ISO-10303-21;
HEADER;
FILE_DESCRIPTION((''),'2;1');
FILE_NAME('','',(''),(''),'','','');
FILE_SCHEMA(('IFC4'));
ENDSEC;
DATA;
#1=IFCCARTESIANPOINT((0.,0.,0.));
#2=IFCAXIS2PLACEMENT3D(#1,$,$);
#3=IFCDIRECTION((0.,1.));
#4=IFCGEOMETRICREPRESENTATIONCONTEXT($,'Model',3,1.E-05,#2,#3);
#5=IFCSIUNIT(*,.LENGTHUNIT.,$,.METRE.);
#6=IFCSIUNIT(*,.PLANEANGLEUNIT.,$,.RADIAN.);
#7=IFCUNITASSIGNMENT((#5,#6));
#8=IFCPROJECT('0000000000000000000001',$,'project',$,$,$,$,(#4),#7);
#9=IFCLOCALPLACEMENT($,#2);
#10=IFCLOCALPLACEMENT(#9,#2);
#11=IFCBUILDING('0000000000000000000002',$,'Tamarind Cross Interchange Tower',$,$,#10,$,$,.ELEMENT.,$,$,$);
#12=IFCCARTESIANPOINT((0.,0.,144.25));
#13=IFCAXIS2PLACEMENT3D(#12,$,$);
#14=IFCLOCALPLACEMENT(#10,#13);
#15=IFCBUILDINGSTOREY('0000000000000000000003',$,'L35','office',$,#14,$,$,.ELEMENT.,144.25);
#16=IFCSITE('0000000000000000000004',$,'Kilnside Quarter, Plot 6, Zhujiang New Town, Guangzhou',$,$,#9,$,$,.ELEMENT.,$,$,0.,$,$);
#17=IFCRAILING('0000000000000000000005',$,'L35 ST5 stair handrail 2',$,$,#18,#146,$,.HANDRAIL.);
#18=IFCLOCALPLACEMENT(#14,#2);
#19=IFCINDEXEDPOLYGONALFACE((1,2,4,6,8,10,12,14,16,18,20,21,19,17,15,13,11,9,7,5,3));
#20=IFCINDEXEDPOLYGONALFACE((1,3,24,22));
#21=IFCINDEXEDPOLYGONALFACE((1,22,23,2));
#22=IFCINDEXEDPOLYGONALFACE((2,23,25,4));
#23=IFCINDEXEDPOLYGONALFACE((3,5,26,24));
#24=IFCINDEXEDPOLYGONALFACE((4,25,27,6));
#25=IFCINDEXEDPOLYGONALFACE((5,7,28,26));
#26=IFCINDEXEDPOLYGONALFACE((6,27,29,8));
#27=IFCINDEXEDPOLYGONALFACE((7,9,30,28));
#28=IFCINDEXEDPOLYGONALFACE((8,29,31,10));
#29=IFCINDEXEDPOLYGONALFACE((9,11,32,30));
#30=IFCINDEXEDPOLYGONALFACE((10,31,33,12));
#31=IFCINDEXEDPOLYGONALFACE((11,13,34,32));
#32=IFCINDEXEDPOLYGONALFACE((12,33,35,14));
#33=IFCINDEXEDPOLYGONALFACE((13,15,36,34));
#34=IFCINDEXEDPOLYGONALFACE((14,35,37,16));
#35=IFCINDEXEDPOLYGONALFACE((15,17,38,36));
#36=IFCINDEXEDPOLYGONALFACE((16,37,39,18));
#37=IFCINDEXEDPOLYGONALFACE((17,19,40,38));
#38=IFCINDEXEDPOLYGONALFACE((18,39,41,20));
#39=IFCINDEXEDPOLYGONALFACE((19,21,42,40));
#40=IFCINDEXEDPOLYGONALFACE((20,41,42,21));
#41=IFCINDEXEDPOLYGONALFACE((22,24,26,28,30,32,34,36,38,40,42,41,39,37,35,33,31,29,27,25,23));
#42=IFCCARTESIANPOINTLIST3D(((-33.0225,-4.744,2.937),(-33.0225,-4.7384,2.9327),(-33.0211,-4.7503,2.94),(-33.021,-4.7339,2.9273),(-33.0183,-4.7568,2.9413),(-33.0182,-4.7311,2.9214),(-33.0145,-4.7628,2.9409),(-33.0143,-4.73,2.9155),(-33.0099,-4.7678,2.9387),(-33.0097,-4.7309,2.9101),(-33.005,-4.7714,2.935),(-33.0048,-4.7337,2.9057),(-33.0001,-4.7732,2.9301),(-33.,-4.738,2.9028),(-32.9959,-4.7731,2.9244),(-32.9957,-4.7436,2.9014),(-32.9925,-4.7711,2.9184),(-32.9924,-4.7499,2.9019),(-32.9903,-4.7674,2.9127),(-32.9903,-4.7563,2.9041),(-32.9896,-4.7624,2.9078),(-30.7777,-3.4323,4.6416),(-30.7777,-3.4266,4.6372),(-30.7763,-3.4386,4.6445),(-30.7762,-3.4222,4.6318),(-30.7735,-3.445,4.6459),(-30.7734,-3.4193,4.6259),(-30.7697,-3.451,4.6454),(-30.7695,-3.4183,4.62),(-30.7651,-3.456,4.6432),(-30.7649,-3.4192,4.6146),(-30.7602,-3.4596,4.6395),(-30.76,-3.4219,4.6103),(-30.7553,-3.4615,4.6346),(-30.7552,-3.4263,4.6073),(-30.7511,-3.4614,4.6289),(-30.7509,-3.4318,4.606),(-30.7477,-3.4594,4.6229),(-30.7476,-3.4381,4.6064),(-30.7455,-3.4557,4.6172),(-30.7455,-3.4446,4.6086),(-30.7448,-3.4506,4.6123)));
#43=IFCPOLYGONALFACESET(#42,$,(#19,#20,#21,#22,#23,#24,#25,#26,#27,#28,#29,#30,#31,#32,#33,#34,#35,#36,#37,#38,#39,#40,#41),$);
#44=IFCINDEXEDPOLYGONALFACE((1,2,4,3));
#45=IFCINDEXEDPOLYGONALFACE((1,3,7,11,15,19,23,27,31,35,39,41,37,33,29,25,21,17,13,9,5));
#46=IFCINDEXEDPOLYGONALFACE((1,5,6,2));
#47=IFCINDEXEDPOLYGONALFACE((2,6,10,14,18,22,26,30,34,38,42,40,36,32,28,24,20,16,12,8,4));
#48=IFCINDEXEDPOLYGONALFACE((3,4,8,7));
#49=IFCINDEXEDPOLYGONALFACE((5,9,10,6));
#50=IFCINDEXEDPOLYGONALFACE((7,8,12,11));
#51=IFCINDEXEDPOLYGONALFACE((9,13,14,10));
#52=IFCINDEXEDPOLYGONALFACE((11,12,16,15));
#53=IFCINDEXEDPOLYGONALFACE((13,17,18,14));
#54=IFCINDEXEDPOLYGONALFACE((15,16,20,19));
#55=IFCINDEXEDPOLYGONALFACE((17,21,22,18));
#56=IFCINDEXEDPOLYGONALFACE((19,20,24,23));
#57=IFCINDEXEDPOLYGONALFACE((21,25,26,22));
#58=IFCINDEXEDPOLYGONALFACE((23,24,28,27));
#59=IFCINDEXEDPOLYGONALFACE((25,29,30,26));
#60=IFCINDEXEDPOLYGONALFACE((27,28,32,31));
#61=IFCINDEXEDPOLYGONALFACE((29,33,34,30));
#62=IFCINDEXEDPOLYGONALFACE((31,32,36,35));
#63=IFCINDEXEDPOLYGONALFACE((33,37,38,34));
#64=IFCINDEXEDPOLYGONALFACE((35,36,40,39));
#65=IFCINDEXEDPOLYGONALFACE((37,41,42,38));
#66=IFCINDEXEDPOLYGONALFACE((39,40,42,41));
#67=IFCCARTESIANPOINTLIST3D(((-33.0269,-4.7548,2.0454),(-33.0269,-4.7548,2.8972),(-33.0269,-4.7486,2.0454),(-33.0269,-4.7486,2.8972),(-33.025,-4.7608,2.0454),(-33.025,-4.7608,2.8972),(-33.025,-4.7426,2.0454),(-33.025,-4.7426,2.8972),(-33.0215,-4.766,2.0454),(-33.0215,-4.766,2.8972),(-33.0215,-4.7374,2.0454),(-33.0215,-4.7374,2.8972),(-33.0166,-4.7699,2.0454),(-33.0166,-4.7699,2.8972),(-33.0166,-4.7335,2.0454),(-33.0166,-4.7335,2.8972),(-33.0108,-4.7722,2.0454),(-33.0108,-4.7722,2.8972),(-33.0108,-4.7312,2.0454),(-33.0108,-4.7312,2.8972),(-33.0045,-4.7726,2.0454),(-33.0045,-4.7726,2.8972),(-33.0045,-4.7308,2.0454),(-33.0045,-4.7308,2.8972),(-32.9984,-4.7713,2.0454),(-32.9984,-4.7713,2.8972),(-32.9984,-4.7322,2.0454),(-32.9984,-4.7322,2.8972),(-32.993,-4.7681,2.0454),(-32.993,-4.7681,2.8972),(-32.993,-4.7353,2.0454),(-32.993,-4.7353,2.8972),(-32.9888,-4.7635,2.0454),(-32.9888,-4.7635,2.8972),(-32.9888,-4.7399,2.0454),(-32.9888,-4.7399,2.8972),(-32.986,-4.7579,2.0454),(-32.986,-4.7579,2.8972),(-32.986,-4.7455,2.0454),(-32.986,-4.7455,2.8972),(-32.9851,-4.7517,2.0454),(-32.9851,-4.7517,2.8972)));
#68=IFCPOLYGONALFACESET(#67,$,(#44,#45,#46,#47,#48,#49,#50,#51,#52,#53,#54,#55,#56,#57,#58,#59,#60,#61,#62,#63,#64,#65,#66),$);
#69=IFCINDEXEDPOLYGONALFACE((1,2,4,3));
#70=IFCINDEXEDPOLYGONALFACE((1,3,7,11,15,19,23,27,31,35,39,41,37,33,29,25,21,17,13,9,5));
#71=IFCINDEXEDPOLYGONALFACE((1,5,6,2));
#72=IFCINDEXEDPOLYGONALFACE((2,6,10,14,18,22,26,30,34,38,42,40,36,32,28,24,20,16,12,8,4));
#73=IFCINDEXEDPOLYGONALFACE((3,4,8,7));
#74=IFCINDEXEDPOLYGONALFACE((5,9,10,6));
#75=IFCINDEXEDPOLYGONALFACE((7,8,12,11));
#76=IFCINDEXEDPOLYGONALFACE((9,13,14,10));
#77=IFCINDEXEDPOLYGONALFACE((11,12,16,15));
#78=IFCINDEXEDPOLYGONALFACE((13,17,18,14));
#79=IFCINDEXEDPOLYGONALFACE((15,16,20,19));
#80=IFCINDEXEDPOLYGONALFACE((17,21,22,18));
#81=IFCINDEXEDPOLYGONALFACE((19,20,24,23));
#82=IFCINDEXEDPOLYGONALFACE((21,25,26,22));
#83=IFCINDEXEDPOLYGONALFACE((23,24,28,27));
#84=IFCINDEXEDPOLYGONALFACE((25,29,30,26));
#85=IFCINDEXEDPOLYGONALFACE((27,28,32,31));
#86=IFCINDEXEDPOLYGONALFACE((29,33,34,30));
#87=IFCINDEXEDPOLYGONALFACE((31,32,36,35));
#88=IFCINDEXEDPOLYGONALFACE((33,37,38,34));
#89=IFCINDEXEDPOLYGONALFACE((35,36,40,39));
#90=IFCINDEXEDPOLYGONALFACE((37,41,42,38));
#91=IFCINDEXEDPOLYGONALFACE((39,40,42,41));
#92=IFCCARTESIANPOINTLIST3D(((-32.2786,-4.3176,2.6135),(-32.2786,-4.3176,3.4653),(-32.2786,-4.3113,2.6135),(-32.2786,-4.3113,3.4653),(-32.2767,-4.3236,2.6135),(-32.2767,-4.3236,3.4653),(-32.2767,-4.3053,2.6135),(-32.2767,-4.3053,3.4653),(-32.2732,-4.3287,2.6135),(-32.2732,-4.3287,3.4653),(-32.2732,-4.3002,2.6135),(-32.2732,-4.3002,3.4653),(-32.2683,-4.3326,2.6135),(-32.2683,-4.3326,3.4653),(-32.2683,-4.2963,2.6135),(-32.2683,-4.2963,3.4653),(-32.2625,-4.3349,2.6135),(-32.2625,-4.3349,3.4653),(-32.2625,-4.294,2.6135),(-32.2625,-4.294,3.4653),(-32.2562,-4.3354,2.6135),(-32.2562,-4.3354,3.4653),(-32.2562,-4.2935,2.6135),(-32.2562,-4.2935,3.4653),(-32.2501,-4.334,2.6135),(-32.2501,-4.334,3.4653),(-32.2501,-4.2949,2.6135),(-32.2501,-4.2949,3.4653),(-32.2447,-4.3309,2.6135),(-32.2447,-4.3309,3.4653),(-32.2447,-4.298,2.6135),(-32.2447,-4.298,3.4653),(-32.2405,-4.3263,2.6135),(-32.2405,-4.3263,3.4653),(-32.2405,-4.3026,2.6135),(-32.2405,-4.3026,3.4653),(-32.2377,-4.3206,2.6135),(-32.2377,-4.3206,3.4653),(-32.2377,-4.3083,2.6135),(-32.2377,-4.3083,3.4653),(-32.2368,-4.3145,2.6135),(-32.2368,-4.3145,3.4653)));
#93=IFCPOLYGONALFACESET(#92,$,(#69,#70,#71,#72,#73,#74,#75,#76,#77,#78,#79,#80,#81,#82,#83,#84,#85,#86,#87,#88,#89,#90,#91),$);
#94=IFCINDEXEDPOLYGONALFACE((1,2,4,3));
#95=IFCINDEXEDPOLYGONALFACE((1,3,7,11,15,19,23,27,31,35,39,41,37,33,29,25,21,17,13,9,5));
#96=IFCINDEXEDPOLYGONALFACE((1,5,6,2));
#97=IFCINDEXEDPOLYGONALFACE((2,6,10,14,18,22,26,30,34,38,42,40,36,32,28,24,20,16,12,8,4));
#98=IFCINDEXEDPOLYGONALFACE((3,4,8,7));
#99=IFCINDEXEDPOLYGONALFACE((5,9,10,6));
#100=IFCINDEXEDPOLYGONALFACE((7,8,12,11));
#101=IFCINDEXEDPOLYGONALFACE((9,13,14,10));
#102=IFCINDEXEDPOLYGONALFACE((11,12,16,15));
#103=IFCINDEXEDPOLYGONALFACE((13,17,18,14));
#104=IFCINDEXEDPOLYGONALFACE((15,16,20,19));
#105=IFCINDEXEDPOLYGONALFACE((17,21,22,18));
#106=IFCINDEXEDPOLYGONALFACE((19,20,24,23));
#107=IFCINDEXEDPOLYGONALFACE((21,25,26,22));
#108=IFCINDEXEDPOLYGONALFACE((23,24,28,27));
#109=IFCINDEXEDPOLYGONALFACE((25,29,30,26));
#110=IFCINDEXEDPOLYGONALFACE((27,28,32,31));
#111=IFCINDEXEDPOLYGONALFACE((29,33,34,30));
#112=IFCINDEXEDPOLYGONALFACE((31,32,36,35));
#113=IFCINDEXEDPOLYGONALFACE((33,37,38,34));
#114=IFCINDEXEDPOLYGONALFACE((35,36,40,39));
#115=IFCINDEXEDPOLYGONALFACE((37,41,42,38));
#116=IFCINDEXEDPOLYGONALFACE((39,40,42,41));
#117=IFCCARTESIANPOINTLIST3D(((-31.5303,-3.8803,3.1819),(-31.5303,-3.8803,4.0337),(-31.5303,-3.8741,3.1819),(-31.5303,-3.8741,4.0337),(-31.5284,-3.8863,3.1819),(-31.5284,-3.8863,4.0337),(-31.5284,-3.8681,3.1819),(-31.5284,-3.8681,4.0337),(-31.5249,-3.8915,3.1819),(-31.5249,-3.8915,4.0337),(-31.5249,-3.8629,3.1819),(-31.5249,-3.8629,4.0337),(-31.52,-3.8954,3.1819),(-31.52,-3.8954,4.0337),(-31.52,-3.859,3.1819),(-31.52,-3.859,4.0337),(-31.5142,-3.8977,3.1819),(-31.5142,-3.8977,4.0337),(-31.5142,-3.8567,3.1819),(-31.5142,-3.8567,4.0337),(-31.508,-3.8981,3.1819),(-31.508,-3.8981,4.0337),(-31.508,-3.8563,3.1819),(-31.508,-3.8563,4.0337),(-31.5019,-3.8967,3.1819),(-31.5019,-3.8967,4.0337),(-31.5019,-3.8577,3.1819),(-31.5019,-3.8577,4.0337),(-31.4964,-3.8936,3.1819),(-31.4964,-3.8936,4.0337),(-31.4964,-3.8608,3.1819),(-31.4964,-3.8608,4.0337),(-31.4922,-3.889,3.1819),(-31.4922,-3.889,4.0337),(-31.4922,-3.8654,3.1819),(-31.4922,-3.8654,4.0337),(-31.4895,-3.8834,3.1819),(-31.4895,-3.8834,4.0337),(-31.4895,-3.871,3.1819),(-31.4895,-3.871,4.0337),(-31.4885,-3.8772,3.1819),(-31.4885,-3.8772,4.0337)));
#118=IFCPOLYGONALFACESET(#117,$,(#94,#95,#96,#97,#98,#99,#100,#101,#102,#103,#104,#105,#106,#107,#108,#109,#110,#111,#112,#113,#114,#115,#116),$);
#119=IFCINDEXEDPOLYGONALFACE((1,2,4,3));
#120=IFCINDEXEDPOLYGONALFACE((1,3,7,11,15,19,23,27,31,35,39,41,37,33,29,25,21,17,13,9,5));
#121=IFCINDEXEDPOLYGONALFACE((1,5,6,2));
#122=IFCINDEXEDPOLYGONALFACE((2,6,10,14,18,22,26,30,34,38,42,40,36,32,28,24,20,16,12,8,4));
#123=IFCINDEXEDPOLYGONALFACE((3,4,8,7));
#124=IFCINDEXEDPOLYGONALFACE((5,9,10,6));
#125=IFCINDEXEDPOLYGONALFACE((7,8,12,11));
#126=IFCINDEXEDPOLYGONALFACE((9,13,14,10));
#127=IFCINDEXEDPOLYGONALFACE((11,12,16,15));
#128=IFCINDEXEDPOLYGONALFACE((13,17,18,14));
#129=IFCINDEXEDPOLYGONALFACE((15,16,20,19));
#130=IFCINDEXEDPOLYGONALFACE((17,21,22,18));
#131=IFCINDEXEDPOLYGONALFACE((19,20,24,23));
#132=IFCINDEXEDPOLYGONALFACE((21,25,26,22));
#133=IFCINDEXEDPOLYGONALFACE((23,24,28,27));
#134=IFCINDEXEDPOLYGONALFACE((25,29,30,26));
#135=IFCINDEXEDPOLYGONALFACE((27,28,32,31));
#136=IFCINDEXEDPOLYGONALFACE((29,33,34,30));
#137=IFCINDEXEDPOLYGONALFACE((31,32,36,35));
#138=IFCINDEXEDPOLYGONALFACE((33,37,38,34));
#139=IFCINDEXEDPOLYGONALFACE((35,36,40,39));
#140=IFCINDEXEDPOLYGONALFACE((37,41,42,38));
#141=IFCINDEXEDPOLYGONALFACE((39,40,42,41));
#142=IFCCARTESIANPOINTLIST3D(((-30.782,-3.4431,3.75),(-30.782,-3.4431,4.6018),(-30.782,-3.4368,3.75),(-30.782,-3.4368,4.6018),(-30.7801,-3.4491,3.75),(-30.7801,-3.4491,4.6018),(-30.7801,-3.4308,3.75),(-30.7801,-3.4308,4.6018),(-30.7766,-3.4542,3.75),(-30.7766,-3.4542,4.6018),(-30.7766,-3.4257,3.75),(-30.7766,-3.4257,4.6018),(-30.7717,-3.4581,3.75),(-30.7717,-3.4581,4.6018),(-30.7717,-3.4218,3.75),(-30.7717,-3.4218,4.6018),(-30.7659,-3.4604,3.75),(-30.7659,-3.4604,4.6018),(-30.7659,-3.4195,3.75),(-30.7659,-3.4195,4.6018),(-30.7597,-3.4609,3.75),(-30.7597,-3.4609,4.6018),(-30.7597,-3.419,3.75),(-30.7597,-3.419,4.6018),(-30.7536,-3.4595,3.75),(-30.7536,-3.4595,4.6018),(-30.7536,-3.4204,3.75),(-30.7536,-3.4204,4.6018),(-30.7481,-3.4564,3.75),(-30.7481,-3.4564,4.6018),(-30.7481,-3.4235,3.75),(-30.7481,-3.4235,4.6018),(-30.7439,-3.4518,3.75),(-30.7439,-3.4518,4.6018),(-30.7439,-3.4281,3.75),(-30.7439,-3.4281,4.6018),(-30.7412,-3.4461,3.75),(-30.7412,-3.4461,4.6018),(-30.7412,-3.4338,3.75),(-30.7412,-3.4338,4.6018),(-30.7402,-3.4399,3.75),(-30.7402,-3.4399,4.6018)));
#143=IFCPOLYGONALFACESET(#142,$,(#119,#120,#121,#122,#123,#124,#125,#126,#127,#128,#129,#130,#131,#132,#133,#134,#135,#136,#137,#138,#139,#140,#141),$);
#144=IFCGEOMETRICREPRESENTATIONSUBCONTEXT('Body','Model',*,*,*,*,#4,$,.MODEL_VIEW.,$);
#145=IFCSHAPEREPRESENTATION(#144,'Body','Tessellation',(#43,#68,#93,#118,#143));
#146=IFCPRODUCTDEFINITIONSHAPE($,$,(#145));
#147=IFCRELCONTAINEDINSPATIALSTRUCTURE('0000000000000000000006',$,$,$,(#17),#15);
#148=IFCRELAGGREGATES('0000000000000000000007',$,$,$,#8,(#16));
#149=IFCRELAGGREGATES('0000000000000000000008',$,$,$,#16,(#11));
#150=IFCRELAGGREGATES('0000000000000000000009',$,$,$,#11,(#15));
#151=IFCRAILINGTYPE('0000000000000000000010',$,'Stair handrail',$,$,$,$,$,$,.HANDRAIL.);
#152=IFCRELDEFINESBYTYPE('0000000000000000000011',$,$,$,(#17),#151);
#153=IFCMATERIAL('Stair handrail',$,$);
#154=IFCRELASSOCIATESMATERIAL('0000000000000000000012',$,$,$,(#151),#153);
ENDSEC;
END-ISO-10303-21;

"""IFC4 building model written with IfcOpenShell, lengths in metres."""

from ifc_helpers import new_model, si_unit, direction, frame, origin, origin_2d, place, context, subcontext, project, spatial, circle, extrude, material, type_object, element, save


model = new_model("IFC4")

# Units and contexts
model_context = context("Model", 3, precision=1e-05, world=origin(), true_north=direction((0.0, 1.0)))
body_context = subcontext(model_context, "Body", "Model", "MODEL_VIEW")
ifc_project = project(units=[si_unit("LENGTHUNIT", "METRE"), si_unit("PLANEANGLEUNIT", "RADIAN")], contexts=[model_context])

# Site, building, storey
site_placement = place(None, origin())
site = spatial("IfcSite", under=ifc_project, at=site_placement, Name="Kilnside Quarter, Plot 6, Zhujiang New Town, Guangzhou", CompositionType="ELEMENT", RefElevation=0.0)
building_placement = place(site_placement, origin())
building = spatial("IfcBuilding", under=site, at=building_placement, Name="Tamarind Cross Interchange Tower", CompositionType="ELEMENT")
storey_placement = place(building_placement, frame((0.0, 0.0, 144.25)))
storey = spatial("IfcBuildingStorey", under=building, at=storey_placement, Name="L35", Description="office", CompositionType="ELEMENT", Elevation=144.25)

# Railing
ifc_material_1 = material(Name="Stair handrail")
railing_type_1 = type_object("IfcRailingType", Name="Stair handrail", PredefinedType="HANDRAIL", material=ifc_material_1)
railing_1_placement = place(storey_placement, frame((-33.0061, -4.7517, 2.0454)))
element("IfcRailing", 1, at=railing_1_placement, inside=storey, type_object=railing_type_1, Name="L35 ST5 stair handrail 2", PredefinedType="HANDRAIL", context=body_context, shape_type="SweptSolid", body=[
    extrude(circle(Radius=0.0239, at=origin_2d()), frame((0.0, 0.0, 0.876), z_axis=(0.722059, 0.421927, 0.548278), x_axis=(-0.504519, 0.863401, 0.0)), (0.0, 0.0, 1.0), 3.1089),
    extrude(circle(Radius=0.021, at=origin_2d()), origin(), (0.0, 0.0, 1.0), 0.8518),
    extrude(circle(Radius=0.021, at=origin_2d()), frame((0.7483, 0.4373, 0.5681)), (0.0, 0.0, 1.0), 0.8518),
    extrude(circle(Radius=0.021, at=origin_2d()), frame((1.4966, 0.8745, 1.1365)), (0.0, 0.0, 1.0), 0.8518),
    extrude(circle(Radius=0.021, at=origin_2d()), frame((2.2449, 1.3118, 1.7046)), (0.0, 0.0, 1.0), 0.8518),
])

save(model, "model.ifc")
